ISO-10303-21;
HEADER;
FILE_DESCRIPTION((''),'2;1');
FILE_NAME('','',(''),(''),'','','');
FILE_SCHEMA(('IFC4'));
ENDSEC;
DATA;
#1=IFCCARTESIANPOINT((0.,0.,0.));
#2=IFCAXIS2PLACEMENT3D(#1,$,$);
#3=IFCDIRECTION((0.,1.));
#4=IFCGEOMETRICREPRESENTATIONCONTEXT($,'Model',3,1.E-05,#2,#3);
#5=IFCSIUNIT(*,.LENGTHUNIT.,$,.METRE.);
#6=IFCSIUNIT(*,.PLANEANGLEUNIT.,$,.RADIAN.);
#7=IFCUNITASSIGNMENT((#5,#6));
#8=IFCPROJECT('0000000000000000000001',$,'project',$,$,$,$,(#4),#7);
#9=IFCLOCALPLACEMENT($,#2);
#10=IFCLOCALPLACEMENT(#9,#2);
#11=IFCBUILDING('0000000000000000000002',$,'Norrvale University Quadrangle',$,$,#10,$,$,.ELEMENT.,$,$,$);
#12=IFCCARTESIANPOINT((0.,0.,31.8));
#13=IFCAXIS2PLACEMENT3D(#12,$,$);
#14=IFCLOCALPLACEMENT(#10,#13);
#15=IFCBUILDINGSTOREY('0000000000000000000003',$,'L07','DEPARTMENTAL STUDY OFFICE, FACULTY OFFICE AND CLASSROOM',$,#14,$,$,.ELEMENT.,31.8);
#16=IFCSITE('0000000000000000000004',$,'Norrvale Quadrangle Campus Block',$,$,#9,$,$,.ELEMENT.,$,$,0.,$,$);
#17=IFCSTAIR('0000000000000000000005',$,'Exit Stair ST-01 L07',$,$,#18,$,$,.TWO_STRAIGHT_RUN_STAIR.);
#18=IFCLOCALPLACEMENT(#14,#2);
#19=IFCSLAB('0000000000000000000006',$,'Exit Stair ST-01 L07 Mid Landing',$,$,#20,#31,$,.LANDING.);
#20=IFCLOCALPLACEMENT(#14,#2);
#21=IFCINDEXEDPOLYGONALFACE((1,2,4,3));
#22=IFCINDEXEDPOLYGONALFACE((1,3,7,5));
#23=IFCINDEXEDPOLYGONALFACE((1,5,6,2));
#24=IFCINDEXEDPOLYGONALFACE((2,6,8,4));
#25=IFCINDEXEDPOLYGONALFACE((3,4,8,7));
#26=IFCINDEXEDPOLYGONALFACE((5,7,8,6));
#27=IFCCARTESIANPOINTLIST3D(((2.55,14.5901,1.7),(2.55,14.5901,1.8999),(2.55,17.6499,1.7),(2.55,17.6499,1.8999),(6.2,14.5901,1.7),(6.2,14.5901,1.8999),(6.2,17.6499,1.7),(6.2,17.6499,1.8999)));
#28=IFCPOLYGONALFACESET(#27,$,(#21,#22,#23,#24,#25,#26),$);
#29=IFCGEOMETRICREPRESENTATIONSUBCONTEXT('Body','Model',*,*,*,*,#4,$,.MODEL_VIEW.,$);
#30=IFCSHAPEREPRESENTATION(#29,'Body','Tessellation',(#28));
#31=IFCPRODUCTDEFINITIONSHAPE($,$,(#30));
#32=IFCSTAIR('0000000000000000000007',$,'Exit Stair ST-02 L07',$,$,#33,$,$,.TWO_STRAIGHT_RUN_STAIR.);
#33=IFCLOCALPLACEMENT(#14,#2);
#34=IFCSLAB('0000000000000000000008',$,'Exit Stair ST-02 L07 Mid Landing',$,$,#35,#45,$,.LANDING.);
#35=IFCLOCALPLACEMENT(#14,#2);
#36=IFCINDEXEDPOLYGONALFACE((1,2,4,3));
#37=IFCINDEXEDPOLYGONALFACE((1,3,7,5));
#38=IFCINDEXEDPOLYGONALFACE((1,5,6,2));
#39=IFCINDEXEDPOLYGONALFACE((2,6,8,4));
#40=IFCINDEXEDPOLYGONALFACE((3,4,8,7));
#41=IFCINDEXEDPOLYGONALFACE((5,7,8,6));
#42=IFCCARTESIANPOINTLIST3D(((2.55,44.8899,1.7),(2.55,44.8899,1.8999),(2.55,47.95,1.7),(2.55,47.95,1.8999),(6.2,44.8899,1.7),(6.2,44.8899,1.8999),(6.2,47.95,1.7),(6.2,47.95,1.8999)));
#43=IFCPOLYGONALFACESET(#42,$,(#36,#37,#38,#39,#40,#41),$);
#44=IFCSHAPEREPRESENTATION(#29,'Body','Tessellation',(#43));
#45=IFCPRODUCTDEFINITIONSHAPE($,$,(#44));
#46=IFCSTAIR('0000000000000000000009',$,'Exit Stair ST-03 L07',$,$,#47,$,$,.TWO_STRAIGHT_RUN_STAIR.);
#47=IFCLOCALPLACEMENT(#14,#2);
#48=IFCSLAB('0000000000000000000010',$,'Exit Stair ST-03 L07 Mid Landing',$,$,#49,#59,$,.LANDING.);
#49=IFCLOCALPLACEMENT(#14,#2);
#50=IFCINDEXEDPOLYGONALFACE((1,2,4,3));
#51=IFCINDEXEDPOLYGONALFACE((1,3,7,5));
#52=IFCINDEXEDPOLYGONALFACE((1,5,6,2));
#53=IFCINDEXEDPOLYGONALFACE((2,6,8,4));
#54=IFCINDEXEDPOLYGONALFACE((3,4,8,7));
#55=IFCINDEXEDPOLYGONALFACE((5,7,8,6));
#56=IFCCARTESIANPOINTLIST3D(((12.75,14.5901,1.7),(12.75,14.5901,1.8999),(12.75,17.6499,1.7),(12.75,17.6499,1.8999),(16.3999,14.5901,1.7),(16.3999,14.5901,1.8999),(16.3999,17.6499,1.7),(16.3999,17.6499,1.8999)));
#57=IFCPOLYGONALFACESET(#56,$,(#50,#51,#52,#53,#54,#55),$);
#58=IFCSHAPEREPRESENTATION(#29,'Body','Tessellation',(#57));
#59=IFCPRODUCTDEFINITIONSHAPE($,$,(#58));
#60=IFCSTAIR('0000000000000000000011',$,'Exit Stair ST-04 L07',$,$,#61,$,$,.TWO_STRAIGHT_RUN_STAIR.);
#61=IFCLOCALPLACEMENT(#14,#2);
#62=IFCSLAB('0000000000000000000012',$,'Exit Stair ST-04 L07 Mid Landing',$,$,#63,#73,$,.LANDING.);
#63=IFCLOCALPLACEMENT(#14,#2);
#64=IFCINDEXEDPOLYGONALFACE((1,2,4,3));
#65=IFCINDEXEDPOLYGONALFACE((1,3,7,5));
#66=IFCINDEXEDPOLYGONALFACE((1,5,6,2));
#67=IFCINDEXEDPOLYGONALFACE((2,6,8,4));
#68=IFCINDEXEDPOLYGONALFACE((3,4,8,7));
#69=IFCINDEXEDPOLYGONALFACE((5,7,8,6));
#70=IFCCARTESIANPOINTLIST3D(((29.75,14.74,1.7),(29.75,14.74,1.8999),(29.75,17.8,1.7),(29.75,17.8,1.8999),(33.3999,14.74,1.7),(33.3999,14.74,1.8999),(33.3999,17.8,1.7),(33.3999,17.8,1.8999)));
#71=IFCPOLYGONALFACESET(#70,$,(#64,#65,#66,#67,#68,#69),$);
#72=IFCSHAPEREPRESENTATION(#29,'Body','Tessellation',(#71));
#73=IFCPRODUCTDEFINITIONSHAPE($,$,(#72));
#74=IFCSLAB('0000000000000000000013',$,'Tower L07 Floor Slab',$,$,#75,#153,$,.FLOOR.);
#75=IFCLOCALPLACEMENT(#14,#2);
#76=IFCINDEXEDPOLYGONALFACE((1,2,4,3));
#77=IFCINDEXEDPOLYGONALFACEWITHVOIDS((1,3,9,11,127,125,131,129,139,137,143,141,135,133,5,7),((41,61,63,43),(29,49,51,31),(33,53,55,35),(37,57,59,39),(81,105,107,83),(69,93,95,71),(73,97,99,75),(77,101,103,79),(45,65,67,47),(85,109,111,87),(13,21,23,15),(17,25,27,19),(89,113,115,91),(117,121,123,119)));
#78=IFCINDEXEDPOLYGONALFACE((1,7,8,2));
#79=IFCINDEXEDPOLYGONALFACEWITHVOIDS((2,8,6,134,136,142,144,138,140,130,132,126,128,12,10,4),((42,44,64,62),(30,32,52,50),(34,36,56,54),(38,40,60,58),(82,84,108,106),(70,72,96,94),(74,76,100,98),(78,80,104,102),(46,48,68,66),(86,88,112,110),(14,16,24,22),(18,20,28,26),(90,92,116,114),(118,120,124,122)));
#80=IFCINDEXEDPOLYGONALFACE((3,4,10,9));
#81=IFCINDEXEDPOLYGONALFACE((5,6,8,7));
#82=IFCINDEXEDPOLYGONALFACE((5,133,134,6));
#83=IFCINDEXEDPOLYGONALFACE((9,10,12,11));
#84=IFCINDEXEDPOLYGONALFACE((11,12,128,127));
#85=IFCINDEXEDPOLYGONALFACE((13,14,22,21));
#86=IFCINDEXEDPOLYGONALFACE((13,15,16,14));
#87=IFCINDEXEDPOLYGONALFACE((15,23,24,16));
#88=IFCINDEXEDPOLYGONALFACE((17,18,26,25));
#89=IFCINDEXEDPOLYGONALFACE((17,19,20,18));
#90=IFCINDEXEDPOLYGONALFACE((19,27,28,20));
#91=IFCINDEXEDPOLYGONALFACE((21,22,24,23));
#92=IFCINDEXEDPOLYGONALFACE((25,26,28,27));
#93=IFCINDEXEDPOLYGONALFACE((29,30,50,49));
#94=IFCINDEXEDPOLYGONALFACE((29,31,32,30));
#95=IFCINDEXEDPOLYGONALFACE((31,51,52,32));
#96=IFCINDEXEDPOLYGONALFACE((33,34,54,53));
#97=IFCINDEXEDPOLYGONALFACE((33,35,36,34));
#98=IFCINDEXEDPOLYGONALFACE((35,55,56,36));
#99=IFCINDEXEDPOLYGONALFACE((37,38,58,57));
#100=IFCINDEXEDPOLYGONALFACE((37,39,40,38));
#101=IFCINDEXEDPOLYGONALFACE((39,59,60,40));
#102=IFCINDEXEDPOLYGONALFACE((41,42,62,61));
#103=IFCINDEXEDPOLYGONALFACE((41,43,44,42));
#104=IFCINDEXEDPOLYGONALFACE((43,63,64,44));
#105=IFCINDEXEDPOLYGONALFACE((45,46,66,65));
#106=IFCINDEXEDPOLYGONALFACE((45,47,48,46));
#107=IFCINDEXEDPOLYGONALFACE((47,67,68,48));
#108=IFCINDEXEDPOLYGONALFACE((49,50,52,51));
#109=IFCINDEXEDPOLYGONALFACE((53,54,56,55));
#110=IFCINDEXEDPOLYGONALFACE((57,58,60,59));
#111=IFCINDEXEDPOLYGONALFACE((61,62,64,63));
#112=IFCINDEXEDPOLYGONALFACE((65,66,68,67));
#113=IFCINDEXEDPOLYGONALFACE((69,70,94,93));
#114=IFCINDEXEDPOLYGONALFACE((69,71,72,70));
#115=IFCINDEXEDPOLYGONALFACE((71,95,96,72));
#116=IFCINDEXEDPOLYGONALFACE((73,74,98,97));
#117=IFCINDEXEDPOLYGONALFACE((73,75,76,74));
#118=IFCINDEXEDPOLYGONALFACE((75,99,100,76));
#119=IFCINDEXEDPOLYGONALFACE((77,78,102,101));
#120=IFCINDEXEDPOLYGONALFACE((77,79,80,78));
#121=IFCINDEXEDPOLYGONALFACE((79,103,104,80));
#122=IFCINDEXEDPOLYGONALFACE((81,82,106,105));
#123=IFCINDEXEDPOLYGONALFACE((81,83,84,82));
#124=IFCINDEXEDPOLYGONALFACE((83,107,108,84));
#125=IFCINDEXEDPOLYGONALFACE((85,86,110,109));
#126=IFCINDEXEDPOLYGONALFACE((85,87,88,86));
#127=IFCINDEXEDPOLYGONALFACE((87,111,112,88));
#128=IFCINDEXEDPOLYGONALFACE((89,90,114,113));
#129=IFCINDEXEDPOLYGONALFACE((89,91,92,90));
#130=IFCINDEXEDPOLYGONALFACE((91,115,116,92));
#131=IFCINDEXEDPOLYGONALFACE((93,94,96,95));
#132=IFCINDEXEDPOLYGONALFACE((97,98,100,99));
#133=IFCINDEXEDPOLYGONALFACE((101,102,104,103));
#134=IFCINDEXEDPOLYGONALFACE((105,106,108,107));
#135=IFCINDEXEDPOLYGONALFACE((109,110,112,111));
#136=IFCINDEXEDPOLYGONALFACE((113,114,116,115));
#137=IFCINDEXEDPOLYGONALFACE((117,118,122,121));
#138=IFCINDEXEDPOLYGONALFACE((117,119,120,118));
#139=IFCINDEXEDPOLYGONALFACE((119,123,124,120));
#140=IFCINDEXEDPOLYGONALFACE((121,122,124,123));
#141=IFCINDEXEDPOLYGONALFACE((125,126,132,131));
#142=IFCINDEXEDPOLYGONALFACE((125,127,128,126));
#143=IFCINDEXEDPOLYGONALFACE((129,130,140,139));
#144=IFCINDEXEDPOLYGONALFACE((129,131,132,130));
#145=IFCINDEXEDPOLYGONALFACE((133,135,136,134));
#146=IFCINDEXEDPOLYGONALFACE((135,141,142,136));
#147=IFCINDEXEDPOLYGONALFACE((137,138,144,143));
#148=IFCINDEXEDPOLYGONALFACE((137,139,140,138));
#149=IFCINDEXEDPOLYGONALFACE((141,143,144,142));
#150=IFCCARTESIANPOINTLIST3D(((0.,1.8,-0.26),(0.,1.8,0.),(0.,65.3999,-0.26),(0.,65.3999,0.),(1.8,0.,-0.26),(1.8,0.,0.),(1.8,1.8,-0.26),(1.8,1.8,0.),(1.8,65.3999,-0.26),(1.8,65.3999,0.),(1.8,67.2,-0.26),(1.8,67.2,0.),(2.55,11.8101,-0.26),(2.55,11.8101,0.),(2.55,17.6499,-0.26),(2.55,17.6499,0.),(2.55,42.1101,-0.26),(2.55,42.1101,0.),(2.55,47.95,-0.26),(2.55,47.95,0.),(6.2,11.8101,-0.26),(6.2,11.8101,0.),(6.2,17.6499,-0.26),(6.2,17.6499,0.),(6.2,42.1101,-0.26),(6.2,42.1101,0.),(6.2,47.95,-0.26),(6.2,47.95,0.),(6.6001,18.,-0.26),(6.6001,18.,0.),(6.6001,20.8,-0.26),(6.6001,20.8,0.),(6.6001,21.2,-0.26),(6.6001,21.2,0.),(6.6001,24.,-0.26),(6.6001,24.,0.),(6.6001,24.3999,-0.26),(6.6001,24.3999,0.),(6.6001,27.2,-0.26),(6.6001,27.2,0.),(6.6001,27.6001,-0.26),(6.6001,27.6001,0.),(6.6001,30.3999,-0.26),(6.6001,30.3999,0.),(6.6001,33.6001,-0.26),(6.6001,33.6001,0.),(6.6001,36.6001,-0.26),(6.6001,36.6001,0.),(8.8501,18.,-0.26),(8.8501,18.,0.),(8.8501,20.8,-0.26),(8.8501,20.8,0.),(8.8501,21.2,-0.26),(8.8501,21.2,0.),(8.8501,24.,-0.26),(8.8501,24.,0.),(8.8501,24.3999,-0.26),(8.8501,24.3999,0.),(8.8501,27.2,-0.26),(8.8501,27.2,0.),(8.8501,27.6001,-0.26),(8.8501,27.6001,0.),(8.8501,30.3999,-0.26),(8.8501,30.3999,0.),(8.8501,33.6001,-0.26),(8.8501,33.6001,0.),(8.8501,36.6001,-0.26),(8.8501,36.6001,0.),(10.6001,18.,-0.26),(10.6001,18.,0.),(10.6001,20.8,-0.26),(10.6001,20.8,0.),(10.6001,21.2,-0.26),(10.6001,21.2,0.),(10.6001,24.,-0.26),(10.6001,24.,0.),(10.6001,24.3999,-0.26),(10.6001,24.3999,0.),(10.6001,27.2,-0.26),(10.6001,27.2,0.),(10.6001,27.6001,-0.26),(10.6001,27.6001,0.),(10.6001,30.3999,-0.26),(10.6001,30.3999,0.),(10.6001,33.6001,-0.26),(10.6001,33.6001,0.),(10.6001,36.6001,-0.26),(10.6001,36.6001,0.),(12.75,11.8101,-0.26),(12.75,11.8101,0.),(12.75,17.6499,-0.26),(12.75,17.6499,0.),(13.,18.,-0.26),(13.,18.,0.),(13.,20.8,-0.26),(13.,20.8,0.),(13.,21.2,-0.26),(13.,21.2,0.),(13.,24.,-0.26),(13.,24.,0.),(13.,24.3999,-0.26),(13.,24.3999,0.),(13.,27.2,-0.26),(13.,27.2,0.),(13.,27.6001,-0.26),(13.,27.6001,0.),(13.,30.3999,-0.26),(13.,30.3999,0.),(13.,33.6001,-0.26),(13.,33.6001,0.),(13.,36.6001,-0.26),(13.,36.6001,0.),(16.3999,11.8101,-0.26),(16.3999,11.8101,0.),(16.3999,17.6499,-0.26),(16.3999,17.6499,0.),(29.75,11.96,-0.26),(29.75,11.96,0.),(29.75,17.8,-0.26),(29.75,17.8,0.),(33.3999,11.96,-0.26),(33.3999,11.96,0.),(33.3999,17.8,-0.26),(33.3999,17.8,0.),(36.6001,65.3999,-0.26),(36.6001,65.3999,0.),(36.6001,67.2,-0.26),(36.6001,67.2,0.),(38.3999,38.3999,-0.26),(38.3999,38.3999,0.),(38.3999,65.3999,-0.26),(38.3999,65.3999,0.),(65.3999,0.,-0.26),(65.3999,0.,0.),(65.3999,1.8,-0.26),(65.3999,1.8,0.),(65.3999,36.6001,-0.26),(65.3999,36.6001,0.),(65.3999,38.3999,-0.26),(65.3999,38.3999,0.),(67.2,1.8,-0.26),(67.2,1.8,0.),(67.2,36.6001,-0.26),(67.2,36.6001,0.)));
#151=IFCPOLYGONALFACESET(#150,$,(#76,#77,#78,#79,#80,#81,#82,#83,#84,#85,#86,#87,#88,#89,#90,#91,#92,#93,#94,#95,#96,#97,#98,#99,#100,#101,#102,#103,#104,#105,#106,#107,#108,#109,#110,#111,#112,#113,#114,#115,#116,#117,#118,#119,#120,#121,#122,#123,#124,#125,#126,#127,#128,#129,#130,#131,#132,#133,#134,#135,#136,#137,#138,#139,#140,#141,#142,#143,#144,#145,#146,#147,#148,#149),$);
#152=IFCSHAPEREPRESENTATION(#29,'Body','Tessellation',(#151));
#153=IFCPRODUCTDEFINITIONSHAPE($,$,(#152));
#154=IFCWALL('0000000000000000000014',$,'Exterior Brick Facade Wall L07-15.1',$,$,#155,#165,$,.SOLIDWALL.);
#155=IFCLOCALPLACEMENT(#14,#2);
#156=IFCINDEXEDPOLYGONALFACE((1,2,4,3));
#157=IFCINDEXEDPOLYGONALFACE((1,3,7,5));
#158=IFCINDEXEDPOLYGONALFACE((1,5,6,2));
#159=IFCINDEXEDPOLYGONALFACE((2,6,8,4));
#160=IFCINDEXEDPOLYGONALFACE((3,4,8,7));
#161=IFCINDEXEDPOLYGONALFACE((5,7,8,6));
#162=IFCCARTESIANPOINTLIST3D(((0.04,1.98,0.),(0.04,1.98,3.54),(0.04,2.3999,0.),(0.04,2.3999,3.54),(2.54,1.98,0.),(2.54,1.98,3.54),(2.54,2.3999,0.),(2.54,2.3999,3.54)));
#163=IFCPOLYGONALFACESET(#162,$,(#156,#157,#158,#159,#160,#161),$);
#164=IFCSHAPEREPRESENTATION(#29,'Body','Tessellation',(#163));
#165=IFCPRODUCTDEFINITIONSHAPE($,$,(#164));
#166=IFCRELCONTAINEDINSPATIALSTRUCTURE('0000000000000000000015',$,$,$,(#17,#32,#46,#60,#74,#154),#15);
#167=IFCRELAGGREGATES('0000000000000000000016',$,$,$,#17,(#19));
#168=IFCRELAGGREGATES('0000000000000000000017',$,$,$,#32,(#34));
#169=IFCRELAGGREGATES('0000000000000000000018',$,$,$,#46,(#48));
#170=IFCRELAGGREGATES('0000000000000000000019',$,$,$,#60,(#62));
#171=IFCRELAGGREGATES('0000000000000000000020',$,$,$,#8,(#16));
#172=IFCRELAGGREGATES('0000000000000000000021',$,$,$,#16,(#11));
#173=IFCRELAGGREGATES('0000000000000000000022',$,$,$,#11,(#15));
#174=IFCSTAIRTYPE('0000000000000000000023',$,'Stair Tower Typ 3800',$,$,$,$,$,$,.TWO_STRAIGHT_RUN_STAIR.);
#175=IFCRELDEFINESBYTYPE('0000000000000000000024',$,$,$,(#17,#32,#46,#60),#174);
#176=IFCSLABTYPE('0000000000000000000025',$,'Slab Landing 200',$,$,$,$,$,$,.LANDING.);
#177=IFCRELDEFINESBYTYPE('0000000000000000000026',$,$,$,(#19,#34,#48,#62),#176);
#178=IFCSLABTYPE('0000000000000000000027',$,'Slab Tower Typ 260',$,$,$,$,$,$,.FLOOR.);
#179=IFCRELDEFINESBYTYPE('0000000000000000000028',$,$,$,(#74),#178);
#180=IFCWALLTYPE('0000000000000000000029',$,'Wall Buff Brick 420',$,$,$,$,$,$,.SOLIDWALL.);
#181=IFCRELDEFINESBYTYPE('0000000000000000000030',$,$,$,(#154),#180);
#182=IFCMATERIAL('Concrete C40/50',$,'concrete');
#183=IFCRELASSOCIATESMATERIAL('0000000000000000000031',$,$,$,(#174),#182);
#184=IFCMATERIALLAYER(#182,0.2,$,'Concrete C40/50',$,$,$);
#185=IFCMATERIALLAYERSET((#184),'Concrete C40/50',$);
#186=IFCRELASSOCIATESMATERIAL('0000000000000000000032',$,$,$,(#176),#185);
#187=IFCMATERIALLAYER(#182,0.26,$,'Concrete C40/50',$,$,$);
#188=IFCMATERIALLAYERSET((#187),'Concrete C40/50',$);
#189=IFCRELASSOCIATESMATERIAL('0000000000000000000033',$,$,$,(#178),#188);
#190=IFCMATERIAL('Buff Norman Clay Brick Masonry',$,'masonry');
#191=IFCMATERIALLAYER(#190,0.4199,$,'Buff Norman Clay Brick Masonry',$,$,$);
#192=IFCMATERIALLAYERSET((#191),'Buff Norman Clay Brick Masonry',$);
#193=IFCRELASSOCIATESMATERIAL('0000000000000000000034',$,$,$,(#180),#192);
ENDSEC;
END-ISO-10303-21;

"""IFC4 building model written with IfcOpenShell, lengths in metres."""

from ifc_helpers import new_model, si_unit, direction, frame, frame_2d, origin, place, context, subcontext, project, spatial, polyline, rectangle, outline, extrude, material, layer, layer_set, type_object, element, aggregate, save


model = new_model("IFC4")

# Units and contexts
model_context = context("Model", 3, precision=1e-05, world=origin(), true_north=direction((0.0, 1.0)))
body_context = subcontext(model_context, "Body", "Model", "MODEL_VIEW")
ifc_project = project(units=[si_unit("LENGTHUNIT", "METRE"), si_unit("PLANEANGLEUNIT", "RADIAN")], contexts=[model_context])

# Site, building, storey
site_placement = place(None, origin())
site = spatial("IfcSite", under=ifc_project, at=site_placement, Name="Norrvale Quadrangle Campus Block", CompositionType="ELEMENT", RefElevation=0.0)
building_placement = place(site_placement, origin())
building = spatial("IfcBuilding", under=site, at=building_placement, Name="Norrvale University Quadrangle", CompositionType="ELEMENT")
storey_placement = place(building_placement, frame((0.0, 0.0, 31.8)))
storey = spatial("IfcBuildingStorey", under=building, at=storey_placement, Name="L07", Description="DEPARTMENTAL STUDY OFFICE, FACULTY OFFICE AND CLASSROOM", CompositionType="ELEMENT", Elevation=31.8)

# Stairs, slabs
ifc_material_1 = material(Name="Concrete C40/50", Category="concrete")
stair_type = type_object("IfcStairType", Name="Stair Tower Typ 3800", PredefinedType="TWO_STRAIGHT_RUN_STAIR", material=ifc_material_1)
stair_1_placement = place(storey_placement, origin())
stair_1 = element("IfcStair", 1, at=stair_1_placement, inside=storey, type_object=stair_type, Name="Exit Stair ST-01 L07", PredefinedType="TWO_STRAIGHT_RUN_STAIR")
ifc_layer_1 = layer(ifc_material_1, 0.2, Name="Concrete C40/50")
ifc_layer_set_1 = layer_set([ifc_layer_1], Name="Concrete C40/50")
slab_type_1 = type_object("IfcSlabType", Name="Slab Landing 200", PredefinedType="LANDING", material=ifc_layer_set_1)
slab_1_placement = place(storey_placement, frame((0.0, 0.0, 1.7)))
slab_1 = element("IfcSlab", 2, at=slab_1_placement, type_object=slab_type_1, Name="Exit Stair ST-01 L07 Mid Landing", PredefinedType="LANDING", context=body_context, shape_type="SweptSolid", body=[
    extrude(outline(polyline([(2.55, 14.5901), (6.2, 14.5901), (6.2, 17.6499), (2.55, 17.6499), (2.55, 14.5901)])), origin(), (0.0, 0.0, 1.0), 0.2),
])
aggregate(stair_1, [slab_1])
stair_2_placement = place(storey_placement, origin())
stair_2 = element("IfcStair", 3, at=stair_2_placement, inside=storey, type_object=stair_type, Name="Exit Stair ST-02 L07", PredefinedType="TWO_STRAIGHT_RUN_STAIR")
slab_2_placement = place(storey_placement, frame((0.0, 0.0, 1.7)))
slab_2 = element("IfcSlab", 4, at=slab_2_placement, type_object=slab_type_1, Name="Exit Stair ST-02 L07 Mid Landing", PredefinedType="LANDING", context=body_context, shape_type="SweptSolid", body=[
    extrude(outline(polyline([(2.55, 44.8899), (6.2, 44.8899), (6.2, 47.95), (2.55, 47.95), (2.55, 44.8899)])), origin(), (0.0, 0.0, 1.0), 0.2),
])
aggregate(stair_2, [slab_2])
stair_3_placement = place(storey_placement, origin())
stair_3 = element("IfcStair", 5, at=stair_3_placement, inside=storey, type_object=stair_type, Name="Exit Stair ST-03 L07", PredefinedType="TWO_STRAIGHT_RUN_STAIR")
slab_3_placement = place(storey_placement, frame((0.0, 0.0, 1.7)))
slab_3 = element("IfcSlab", 6, at=slab_3_placement, type_object=slab_type_1, Name="Exit Stair ST-03 L07 Mid Landing", PredefinedType="LANDING", context=body_context, shape_type="SweptSolid", body=[
    extrude(outline(polyline([(12.75, 14.5901), (16.3999, 14.5901), (16.3999, 17.6499), (12.75, 17.6499), (12.75, 14.5901)])), origin(), (0.0, 0.0, 1.0), 0.2),
])
aggregate(stair_3, [slab_3])
stair_4_placement = place(storey_placement, origin())
stair_4 = element("IfcStair", 7, at=stair_4_placement, inside=storey, type_object=stair_type, Name="Exit Stair ST-04 L07", PredefinedType="TWO_STRAIGHT_RUN_STAIR")
slab_4_placement = place(storey_placement, frame((0.0, 0.0, 1.7)))
slab_4 = element("IfcSlab", 8, at=slab_4_placement, type_object=slab_type_1, Name="Exit Stair ST-04 L07 Mid Landing", PredefinedType="LANDING", context=body_context, shape_type="SweptSolid", body=[
    extrude(outline(polyline([(29.75, 14.74), (33.3999, 14.74), (33.3999, 17.8), (29.75, 17.8), (29.75, 14.74)])), origin(), (0.0, 0.0, 1.0), 0.2),
])
aggregate(stair_4, [slab_4])

# Slab
ifc_layer_2 = layer(ifc_material_1, 0.26, Name="Concrete C40/50")
ifc_layer_set_2 = layer_set([ifc_layer_2], Name="Concrete C40/50")
slab_type_2 = type_object("IfcSlabType", Name="Slab Tower Typ 260", PredefinedType="FLOOR", material=ifc_layer_set_2)
slab_5_placement = place(storey_placement, frame((0.0, 0.0, -0.26)))
element("IfcSlab", 9, at=slab_5_placement, inside=storey, type_object=slab_type_2, Name="Tower L07 Floor Slab", PredefinedType="FLOOR", context=body_context, shape_type="SweptSolid", body=[
    extrude(outline(polyline([(1.8, 0.0), (65.3999, 0.0), (65.3999, 1.8), (67.2, 1.8), (67.2, 36.6001), (65.3999, 36.6001), (65.3999, 38.3999), (38.3999, 38.3999), (38.3999, 65.3999), (36.6001, 65.3999), (36.6001, 67.2), (1.8, 67.2), (1.8, 65.3999), (0.0, 65.3999), (0.0, 1.8), (1.8, 1.8), (1.8, 0.0)]), holes=[polyline([(2.55, 11.8101), (6.2, 11.8101), (6.2, 17.6499), (2.55, 17.6499), (2.55, 11.8101)]), polyline([(2.55, 42.1101), (6.2, 42.1101), (6.2, 47.95), (2.55, 47.95), (2.55, 42.1101)]), polyline([(12.75, 11.8101), (16.3999, 11.8101), (16.3999, 17.6499), (12.75, 17.6499), (12.75, 11.8101)]), polyline([(29.75, 11.96), (33.3999, 11.96), (33.3999, 17.8), (29.75, 17.8), (29.75, 11.96)]), polyline([(6.6001, 18.0), (8.8501, 18.0), (8.8501, 20.8), (6.6001, 20.8), (6.6001, 18.0)]), polyline([(6.6001, 21.2), (8.8501, 21.2), (8.8501, 24.0), (6.6001, 24.0), (6.6001, 21.2)]), polyline([(6.6001, 24.3999), (8.8501, 24.3999), (8.8501, 27.2), (6.6001, 27.2), (6.6001, 24.3999)]), polyline([(6.6001, 27.6001), (8.8501, 27.6001), (8.8501, 30.3999), (6.6001, 30.3999), (6.6001, 27.6001)]), polyline([(10.6001, 18.0), (13.0, 18.0), (13.0, 20.8), (10.6001, 20.8), (10.6001, 18.0)]), polyline([(10.6001, 21.2), (13.0, 21.2), (13.0, 24.0), (10.6001, 24.0), (10.6001, 21.2)]), polyline([(10.6001, 24.3999), (13.0, 24.3999), (13.0, 27.2), (10.6001, 27.2), (10.6001, 24.3999)]), polyline([(10.6001, 27.6001), (13.0, 27.6001), (13.0, 30.3999), (10.6001, 30.3999), (10.6001, 27.6001)]), polyline([(6.6001, 33.6001), (8.8501, 33.6001), (8.8501, 36.6001), (6.6001, 36.6001), (6.6001, 33.6001)]), polyline([(10.6001, 33.6001), (13.0, 33.6001), (13.0, 36.6001), (10.6001, 36.6001), (10.6001, 33.6001)])]), origin(), (0.0, 0.0, 1.0), 0.26),
])

# Wall
ifc_material_2 = material(Name="Buff Norman Clay Brick Masonry", Category="masonry")
ifc_layer_3 = layer(ifc_material_2, 0.4199, Name="Buff Norman Clay Brick Masonry")
ifc_layer_set_3 = layer_set([ifc_layer_3], Name="Buff Norman Clay Brick Masonry")
wall_type_1 = type_object("IfcWallType", Name="Wall Buff Brick 420", PredefinedType="SOLIDWALL", material=ifc_layer_set_3)
wall_1_placement = place(storey_placement, frame((0.04, 2.1899, 0.0), z_axis=(0.0, 0.0, 1.0), x_axis=(1.0, 0.0, 0.0)))
element("IfcWall", 10, at=wall_1_placement, inside=storey, type_object=wall_type_1, Name="Exterior Brick Facade Wall L07-15.1", PredefinedType="SOLIDWALL", context=body_context, shape_type="SweptSolid", body=[
    extrude(rectangle(XDim=2.5, YDim=0.4199, at=frame_2d((1.25, 0.0))), origin(), (0.0, 0.0, 1.0), 3.54),
])

save(model, "model.ifc")
